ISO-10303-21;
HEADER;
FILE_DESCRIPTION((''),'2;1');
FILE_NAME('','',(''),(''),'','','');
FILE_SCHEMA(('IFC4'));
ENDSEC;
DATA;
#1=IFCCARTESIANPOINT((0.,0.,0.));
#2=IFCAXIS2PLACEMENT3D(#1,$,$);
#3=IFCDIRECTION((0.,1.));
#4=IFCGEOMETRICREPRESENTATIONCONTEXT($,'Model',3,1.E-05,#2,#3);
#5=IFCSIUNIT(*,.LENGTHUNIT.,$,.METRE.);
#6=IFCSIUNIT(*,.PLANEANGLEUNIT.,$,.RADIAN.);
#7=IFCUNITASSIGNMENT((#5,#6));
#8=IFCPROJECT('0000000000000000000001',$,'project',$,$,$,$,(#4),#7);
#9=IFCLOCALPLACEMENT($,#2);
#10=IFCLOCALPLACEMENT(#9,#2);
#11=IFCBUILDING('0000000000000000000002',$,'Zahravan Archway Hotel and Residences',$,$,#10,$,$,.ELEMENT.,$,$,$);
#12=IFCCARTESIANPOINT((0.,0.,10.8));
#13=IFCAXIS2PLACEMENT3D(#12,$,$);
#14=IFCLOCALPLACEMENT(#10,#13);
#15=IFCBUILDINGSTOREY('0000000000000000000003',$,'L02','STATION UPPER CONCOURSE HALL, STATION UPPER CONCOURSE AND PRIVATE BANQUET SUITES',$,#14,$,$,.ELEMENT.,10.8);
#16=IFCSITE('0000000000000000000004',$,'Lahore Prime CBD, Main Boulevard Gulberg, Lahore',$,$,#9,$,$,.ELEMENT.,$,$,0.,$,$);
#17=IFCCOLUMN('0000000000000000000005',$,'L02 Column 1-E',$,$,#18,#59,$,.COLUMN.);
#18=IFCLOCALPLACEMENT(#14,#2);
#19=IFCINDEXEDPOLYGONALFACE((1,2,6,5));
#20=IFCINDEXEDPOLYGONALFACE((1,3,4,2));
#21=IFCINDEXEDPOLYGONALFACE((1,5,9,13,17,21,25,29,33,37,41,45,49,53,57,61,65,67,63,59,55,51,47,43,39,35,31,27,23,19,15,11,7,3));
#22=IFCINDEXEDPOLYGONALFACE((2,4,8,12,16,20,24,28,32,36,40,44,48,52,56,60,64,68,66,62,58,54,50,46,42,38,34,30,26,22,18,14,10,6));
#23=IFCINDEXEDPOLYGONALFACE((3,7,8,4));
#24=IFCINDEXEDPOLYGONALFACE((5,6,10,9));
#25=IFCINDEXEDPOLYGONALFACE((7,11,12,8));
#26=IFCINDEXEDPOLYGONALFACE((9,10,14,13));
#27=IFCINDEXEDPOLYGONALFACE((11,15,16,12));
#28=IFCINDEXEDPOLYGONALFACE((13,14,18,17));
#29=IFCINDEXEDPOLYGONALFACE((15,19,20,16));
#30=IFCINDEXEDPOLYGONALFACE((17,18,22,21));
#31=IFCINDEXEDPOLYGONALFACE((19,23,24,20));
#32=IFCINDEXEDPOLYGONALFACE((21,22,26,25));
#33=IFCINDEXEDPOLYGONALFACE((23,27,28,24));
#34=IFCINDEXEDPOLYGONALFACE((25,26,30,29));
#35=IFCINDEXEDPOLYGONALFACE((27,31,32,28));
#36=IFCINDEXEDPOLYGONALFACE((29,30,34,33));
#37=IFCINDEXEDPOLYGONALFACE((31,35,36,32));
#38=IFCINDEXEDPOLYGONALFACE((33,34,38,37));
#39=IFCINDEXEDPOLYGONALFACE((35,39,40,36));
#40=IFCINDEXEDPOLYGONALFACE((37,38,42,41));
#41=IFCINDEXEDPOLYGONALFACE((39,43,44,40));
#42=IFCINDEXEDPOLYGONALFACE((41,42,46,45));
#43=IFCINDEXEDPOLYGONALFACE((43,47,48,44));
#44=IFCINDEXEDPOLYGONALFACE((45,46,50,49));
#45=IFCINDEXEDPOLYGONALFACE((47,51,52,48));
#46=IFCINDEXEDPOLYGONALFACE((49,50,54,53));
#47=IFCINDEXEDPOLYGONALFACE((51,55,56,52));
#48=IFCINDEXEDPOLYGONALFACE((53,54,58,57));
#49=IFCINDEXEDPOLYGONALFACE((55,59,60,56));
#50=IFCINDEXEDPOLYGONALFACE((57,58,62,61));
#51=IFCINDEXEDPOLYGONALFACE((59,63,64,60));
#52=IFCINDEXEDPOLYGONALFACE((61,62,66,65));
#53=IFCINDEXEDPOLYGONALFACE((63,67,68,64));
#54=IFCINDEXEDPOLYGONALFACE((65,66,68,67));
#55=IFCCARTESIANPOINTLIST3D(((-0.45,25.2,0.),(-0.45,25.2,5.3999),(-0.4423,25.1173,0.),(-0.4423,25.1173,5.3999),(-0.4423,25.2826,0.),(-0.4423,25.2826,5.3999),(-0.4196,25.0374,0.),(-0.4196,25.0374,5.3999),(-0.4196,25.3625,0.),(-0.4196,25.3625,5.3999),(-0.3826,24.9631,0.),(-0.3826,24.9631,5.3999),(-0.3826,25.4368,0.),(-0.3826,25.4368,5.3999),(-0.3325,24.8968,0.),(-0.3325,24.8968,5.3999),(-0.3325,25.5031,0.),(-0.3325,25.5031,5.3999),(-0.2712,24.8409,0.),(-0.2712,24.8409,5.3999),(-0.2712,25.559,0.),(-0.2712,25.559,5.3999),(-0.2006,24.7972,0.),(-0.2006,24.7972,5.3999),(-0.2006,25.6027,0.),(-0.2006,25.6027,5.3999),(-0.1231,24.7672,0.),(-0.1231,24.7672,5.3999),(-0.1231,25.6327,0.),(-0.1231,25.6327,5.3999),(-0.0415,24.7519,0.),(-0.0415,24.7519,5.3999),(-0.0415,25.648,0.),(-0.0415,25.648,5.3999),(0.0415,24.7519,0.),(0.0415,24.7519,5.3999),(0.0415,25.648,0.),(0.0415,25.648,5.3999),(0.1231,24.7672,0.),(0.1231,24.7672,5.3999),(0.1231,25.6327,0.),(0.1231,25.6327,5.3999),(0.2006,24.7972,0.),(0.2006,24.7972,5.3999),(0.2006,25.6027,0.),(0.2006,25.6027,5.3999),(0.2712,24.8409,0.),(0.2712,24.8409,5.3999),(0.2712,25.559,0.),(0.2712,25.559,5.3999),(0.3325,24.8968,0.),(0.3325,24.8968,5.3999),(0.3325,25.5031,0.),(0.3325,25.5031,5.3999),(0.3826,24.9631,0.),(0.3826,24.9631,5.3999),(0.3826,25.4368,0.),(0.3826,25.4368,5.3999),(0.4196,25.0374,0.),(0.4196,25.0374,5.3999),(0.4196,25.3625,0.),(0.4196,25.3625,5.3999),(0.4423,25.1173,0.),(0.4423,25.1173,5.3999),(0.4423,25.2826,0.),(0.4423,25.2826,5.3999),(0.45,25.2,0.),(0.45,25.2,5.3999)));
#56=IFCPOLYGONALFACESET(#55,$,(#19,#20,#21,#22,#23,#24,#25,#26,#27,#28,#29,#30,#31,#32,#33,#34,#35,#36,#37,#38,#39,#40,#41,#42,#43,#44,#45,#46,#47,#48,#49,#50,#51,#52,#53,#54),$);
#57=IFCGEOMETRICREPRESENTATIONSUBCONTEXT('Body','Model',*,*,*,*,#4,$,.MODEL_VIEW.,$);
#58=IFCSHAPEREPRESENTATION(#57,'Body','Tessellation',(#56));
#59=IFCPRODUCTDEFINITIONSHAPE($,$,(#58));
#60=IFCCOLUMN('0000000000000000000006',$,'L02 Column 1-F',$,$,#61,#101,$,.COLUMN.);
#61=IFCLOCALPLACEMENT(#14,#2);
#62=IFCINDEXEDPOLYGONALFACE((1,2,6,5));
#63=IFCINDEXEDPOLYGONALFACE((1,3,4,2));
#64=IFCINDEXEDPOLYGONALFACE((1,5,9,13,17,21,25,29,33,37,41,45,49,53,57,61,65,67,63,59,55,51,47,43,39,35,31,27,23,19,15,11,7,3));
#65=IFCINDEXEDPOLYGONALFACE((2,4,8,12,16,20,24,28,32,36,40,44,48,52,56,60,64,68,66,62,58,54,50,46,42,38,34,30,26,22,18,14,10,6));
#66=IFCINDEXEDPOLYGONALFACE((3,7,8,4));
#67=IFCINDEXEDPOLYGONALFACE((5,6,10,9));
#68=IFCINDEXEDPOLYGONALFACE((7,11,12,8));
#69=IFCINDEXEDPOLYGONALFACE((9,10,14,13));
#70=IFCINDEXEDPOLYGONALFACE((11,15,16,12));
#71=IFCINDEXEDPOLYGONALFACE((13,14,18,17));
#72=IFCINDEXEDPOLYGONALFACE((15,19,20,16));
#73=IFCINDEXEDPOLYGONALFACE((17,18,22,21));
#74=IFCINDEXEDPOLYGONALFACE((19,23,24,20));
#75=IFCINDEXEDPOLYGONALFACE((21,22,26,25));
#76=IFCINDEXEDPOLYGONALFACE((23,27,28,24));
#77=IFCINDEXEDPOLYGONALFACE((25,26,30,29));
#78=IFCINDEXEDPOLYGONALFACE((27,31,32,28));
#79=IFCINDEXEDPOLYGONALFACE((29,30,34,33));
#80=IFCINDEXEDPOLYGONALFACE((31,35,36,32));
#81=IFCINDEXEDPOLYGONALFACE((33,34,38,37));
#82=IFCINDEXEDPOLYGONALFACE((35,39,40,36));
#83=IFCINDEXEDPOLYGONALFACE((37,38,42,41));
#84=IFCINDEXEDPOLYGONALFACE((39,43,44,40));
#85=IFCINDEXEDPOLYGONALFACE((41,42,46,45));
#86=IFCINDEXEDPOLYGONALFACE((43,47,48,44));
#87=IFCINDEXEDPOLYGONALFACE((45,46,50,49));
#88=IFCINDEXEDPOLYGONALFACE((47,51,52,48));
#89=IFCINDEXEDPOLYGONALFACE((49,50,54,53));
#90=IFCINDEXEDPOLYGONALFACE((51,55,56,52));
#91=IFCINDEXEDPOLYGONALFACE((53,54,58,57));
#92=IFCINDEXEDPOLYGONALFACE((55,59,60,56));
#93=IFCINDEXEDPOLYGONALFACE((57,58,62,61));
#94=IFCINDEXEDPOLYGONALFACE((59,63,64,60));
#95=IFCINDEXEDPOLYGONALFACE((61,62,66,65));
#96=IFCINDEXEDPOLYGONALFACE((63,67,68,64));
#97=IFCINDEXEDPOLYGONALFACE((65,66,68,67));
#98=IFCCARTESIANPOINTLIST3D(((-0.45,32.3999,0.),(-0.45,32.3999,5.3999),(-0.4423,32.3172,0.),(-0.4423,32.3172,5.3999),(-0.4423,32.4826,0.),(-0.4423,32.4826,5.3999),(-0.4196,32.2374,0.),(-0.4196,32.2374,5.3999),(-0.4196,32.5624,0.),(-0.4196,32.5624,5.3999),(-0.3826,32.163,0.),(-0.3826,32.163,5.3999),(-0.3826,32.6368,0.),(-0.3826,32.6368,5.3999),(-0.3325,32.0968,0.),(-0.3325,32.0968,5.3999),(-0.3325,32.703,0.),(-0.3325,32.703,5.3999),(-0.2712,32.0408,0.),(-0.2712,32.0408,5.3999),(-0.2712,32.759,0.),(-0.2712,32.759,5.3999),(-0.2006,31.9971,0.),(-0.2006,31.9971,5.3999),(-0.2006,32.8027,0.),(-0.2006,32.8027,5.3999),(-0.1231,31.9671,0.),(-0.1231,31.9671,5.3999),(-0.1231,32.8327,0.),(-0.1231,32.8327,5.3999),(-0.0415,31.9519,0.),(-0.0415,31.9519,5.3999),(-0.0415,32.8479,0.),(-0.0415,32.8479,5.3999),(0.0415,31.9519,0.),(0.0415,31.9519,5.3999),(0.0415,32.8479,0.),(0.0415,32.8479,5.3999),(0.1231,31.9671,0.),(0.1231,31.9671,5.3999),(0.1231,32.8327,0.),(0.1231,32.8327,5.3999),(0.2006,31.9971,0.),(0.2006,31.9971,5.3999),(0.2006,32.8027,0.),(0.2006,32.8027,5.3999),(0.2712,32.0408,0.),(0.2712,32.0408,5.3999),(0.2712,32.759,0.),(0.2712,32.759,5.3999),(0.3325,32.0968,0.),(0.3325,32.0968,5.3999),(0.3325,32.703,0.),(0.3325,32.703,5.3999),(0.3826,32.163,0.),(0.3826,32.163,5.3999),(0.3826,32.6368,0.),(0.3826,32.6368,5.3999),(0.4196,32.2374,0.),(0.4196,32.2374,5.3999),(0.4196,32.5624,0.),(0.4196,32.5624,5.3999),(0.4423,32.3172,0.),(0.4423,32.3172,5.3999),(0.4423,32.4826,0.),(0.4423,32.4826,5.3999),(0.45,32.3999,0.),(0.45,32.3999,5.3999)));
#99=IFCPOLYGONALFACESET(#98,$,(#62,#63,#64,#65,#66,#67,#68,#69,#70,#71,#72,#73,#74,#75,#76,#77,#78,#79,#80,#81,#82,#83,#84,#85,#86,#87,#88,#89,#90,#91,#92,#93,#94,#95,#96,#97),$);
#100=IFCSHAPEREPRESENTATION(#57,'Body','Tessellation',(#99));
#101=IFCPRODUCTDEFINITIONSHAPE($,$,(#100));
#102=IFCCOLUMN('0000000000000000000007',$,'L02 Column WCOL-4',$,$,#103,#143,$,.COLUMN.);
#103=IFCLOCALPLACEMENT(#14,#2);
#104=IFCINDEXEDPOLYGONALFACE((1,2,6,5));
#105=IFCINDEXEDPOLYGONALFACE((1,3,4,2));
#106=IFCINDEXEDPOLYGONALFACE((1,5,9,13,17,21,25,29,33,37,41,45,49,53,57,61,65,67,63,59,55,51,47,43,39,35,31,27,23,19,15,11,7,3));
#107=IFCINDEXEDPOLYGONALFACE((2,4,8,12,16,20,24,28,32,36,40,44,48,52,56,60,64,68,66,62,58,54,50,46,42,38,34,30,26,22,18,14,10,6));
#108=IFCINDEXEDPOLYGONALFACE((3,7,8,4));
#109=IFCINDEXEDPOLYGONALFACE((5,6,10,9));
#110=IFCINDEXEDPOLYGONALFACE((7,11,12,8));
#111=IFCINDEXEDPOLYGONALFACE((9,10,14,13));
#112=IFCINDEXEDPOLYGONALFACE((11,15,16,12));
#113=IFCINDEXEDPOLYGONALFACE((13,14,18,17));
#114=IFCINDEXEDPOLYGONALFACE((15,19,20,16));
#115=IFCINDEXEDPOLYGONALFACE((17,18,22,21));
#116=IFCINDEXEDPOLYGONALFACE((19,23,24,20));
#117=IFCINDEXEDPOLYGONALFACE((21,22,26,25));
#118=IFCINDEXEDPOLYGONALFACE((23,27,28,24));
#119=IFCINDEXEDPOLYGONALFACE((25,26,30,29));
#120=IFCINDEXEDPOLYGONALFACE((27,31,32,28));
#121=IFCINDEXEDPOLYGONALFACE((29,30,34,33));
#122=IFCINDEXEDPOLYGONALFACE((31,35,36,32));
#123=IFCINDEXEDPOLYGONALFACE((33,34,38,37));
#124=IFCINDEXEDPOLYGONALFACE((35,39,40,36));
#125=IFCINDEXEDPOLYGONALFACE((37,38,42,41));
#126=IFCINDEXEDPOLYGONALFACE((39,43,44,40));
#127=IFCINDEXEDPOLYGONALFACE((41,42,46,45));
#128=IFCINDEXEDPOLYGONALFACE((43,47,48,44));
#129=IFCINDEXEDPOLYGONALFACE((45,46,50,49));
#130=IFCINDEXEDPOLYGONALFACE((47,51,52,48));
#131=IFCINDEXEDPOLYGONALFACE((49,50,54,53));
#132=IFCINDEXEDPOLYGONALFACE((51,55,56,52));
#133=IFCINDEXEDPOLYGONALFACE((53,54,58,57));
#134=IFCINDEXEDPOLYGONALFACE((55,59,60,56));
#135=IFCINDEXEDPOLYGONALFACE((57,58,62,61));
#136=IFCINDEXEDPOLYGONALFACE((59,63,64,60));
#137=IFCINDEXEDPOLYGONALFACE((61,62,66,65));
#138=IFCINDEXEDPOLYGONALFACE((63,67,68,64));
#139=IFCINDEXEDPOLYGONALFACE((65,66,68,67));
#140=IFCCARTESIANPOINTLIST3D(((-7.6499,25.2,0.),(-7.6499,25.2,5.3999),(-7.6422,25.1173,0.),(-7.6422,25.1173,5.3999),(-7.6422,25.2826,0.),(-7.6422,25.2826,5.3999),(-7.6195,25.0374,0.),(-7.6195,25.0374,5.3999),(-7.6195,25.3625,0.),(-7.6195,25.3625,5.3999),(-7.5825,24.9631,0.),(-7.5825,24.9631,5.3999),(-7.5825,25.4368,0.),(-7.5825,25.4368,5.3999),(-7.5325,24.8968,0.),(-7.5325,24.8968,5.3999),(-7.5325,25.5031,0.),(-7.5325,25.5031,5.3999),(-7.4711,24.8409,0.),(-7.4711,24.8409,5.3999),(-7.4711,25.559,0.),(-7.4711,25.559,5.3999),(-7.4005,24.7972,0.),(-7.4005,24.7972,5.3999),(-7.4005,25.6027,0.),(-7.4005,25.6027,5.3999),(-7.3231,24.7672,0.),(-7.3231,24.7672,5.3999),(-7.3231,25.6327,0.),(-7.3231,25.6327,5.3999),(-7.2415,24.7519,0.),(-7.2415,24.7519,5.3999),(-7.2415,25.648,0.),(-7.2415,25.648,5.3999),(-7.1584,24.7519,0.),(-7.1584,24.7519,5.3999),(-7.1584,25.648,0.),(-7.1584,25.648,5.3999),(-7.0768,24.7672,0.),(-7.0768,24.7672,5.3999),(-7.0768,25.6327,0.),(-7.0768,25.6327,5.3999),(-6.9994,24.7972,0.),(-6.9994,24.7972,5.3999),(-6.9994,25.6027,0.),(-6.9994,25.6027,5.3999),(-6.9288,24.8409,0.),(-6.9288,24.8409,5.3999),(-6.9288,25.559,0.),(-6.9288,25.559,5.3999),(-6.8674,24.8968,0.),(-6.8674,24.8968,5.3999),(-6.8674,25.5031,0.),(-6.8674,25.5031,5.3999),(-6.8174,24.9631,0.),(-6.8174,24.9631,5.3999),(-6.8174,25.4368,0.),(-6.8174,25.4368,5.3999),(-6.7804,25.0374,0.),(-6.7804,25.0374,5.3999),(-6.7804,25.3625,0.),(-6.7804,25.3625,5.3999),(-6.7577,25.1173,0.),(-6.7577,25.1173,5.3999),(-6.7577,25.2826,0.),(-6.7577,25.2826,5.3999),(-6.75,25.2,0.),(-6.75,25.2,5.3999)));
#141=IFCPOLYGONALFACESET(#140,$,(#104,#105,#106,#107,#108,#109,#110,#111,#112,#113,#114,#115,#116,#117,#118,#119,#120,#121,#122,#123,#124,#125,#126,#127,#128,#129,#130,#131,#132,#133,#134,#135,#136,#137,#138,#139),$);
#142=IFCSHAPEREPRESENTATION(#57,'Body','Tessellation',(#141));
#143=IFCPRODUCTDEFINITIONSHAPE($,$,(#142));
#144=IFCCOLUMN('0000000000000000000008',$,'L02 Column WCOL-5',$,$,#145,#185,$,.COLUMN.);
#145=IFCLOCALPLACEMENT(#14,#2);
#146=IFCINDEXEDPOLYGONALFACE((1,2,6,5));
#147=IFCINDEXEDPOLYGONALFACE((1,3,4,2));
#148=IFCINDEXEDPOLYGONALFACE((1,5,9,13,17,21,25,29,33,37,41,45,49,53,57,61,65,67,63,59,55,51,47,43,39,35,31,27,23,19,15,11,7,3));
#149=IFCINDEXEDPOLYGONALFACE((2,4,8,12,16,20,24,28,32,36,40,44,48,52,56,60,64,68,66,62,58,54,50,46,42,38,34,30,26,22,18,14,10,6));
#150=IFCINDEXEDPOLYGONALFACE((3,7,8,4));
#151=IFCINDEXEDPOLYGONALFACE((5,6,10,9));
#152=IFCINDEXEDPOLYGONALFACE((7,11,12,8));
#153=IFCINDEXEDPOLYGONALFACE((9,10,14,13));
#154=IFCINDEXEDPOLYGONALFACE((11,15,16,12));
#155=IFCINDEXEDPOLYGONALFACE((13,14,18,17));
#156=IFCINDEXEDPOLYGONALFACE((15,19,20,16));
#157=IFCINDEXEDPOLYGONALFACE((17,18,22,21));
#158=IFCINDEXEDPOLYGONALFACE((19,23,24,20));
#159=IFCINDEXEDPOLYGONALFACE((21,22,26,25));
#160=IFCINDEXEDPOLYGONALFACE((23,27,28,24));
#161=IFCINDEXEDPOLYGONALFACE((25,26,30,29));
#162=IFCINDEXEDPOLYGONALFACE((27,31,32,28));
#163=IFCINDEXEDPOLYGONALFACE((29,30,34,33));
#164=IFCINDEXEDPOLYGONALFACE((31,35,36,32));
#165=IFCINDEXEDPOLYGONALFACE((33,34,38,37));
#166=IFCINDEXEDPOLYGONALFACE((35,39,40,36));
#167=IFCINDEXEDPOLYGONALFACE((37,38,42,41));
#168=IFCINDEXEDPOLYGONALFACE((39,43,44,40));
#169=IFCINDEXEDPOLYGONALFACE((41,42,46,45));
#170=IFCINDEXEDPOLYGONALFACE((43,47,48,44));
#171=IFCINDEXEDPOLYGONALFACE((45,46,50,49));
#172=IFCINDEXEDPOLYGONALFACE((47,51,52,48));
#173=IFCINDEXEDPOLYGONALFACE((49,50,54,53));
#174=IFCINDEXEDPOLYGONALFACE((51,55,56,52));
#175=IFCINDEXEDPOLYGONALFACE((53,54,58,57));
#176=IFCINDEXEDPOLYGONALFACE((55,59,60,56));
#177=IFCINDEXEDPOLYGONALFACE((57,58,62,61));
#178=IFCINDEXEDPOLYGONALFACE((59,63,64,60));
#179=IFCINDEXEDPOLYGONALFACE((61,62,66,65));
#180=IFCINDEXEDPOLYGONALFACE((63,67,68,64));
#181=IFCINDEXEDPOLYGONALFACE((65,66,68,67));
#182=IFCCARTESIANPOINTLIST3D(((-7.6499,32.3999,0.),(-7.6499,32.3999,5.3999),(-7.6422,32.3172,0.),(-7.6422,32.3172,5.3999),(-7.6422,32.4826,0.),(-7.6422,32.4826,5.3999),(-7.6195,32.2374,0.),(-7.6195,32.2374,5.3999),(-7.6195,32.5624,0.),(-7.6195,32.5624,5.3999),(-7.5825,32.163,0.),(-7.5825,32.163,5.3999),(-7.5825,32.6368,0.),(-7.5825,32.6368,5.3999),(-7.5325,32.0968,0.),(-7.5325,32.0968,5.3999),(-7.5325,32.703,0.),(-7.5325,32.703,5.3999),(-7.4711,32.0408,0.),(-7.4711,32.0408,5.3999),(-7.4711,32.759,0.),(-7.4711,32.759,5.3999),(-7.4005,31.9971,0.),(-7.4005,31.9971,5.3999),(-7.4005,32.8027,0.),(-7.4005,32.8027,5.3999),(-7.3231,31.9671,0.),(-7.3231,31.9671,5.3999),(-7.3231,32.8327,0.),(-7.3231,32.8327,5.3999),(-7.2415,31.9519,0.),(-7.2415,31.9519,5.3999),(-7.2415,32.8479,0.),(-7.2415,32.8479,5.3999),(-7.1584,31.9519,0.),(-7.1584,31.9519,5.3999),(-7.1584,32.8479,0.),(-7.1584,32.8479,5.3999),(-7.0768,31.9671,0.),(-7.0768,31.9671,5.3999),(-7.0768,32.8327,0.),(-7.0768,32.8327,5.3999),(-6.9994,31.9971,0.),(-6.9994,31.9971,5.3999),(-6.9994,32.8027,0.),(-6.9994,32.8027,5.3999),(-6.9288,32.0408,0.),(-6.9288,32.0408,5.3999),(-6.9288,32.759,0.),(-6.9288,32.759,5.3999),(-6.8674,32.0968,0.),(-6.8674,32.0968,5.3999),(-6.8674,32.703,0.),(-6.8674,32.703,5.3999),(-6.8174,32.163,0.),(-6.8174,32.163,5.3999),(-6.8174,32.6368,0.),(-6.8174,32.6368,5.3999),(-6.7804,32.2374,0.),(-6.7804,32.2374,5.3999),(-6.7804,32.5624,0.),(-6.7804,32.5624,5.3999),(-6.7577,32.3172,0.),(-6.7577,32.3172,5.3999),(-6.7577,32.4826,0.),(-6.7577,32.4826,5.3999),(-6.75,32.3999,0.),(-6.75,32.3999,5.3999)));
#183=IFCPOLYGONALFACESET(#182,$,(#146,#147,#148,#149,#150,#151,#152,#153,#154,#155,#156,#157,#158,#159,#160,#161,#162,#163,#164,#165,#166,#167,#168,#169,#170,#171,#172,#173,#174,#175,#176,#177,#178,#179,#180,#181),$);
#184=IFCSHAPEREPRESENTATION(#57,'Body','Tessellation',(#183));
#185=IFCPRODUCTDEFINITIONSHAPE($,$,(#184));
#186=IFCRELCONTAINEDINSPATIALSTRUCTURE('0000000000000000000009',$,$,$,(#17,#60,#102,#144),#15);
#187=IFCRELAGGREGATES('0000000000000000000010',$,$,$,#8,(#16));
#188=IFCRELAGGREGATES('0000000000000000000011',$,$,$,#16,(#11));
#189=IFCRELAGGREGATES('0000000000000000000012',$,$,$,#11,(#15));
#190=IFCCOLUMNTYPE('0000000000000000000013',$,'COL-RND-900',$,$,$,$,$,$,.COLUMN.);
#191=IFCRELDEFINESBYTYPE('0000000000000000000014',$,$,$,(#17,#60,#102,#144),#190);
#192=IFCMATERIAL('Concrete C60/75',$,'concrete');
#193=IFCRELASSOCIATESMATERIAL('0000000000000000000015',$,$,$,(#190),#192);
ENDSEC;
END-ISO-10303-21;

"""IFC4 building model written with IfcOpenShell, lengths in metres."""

from ifc_helpers import new_model, si_unit, direction, frame, origin, origin_2d, place, context, subcontext, project, spatial, circle, extrude, source, transform, mapped, material, material_profile, profile_set, type_object, type_shapes, element, save


model = new_model("IFC4")

# Units and contexts
model_context = context("Model", 3, precision=1e-05, world=origin(), true_north=direction((0.0, 1.0)))
body_context = subcontext(model_context, "Body", "Model", "MODEL_VIEW")
ifc_project = project(units=[si_unit("LENGTHUNIT", "METRE"), si_unit("PLANEANGLEUNIT", "RADIAN")], contexts=[model_context])

# Site, building, storey
site_placement = place(None, origin())
site = spatial("IfcSite", under=ifc_project, at=site_placement, Name="Lahore Prime CBD, Main Boulevard Gulberg, Lahore", CompositionType="ELEMENT", RefElevation=0.0)
building_placement = place(site_placement, origin())
building = spatial("IfcBuilding", under=site, at=building_placement, Name="Zahravan Archway Hotel and Residences", CompositionType="ELEMENT")
storey_placement = place(building_placement, frame((0.0, 0.0, 10.8)))
storey = spatial("IfcBuildingStorey", under=building, at=storey_placement, Name="L02", Description="STATION UPPER CONCOURSE HALL, STATION UPPER CONCOURSE AND PRIVATE BANQUET SUITES", CompositionType="ELEMENT", Elevation=10.8)

# Columns
ifc_material_1 = material(Name="Concrete C60/75", Category="concrete")
ifc_material_profile_1 = material_profile(ifc_material_1, circle(Radius=0.45, at=origin_2d()), Name="RC-CIRC-900", Category="concrete")
ifc_profile_set_1 = profile_set([ifc_material_profile_1], Name="Concrete C60/75")
column_type = type_object("IfcColumnType", Name="COL-RND-900", PredefinedType="COLUMN", material=ifc_profile_set_1)
shared_shape_1 = source(origin(), body_context, "Body", "SweptSolid", [
    extrude(circle(Radius=0.45, at=origin_2d()), origin(), (0.0, 0.0, 1.0), 5.3999),
])
type_shapes(column_type, [shared_shape_1])
for number, where, z_axis, x_axis, name in (
    (1, (0.0, 25.2, 0.0), (0.0, 0.0, 1.0), (1.0, 0.0, 0.0), "L02 Column 1-E"),
    (2, (0.0, 32.3999, 0.0), (0.0, 0.0, 1.0), (1.0, 0.0, 0.0), "L02 Column 1-F"),
    (3, (-7.2, 25.2, 0.0), (0.0, 0.0, 1.0), (1.0, 0.0, 0.0), "L02 Column WCOL-4"),
    (4, (-7.2, 32.3999, 0.0), (0.0, 0.0, 1.0), (1.0, 0.0, 0.0), "L02 Column WCOL-5"),
):
    element("IfcColumn", number, at=place(storey_placement, frame(where, z_axis=z_axis, x_axis=x_axis)), inside=storey, type_object=column_type, Name=name, PredefinedType="COLUMN", context=body_context, shape_type="MappedRepresentation", body=[
        mapped(shared_shape_1, transform((0.0, 0.0, 0.0), scale=1.0)),
    ])

save(model, "model.ifc")
